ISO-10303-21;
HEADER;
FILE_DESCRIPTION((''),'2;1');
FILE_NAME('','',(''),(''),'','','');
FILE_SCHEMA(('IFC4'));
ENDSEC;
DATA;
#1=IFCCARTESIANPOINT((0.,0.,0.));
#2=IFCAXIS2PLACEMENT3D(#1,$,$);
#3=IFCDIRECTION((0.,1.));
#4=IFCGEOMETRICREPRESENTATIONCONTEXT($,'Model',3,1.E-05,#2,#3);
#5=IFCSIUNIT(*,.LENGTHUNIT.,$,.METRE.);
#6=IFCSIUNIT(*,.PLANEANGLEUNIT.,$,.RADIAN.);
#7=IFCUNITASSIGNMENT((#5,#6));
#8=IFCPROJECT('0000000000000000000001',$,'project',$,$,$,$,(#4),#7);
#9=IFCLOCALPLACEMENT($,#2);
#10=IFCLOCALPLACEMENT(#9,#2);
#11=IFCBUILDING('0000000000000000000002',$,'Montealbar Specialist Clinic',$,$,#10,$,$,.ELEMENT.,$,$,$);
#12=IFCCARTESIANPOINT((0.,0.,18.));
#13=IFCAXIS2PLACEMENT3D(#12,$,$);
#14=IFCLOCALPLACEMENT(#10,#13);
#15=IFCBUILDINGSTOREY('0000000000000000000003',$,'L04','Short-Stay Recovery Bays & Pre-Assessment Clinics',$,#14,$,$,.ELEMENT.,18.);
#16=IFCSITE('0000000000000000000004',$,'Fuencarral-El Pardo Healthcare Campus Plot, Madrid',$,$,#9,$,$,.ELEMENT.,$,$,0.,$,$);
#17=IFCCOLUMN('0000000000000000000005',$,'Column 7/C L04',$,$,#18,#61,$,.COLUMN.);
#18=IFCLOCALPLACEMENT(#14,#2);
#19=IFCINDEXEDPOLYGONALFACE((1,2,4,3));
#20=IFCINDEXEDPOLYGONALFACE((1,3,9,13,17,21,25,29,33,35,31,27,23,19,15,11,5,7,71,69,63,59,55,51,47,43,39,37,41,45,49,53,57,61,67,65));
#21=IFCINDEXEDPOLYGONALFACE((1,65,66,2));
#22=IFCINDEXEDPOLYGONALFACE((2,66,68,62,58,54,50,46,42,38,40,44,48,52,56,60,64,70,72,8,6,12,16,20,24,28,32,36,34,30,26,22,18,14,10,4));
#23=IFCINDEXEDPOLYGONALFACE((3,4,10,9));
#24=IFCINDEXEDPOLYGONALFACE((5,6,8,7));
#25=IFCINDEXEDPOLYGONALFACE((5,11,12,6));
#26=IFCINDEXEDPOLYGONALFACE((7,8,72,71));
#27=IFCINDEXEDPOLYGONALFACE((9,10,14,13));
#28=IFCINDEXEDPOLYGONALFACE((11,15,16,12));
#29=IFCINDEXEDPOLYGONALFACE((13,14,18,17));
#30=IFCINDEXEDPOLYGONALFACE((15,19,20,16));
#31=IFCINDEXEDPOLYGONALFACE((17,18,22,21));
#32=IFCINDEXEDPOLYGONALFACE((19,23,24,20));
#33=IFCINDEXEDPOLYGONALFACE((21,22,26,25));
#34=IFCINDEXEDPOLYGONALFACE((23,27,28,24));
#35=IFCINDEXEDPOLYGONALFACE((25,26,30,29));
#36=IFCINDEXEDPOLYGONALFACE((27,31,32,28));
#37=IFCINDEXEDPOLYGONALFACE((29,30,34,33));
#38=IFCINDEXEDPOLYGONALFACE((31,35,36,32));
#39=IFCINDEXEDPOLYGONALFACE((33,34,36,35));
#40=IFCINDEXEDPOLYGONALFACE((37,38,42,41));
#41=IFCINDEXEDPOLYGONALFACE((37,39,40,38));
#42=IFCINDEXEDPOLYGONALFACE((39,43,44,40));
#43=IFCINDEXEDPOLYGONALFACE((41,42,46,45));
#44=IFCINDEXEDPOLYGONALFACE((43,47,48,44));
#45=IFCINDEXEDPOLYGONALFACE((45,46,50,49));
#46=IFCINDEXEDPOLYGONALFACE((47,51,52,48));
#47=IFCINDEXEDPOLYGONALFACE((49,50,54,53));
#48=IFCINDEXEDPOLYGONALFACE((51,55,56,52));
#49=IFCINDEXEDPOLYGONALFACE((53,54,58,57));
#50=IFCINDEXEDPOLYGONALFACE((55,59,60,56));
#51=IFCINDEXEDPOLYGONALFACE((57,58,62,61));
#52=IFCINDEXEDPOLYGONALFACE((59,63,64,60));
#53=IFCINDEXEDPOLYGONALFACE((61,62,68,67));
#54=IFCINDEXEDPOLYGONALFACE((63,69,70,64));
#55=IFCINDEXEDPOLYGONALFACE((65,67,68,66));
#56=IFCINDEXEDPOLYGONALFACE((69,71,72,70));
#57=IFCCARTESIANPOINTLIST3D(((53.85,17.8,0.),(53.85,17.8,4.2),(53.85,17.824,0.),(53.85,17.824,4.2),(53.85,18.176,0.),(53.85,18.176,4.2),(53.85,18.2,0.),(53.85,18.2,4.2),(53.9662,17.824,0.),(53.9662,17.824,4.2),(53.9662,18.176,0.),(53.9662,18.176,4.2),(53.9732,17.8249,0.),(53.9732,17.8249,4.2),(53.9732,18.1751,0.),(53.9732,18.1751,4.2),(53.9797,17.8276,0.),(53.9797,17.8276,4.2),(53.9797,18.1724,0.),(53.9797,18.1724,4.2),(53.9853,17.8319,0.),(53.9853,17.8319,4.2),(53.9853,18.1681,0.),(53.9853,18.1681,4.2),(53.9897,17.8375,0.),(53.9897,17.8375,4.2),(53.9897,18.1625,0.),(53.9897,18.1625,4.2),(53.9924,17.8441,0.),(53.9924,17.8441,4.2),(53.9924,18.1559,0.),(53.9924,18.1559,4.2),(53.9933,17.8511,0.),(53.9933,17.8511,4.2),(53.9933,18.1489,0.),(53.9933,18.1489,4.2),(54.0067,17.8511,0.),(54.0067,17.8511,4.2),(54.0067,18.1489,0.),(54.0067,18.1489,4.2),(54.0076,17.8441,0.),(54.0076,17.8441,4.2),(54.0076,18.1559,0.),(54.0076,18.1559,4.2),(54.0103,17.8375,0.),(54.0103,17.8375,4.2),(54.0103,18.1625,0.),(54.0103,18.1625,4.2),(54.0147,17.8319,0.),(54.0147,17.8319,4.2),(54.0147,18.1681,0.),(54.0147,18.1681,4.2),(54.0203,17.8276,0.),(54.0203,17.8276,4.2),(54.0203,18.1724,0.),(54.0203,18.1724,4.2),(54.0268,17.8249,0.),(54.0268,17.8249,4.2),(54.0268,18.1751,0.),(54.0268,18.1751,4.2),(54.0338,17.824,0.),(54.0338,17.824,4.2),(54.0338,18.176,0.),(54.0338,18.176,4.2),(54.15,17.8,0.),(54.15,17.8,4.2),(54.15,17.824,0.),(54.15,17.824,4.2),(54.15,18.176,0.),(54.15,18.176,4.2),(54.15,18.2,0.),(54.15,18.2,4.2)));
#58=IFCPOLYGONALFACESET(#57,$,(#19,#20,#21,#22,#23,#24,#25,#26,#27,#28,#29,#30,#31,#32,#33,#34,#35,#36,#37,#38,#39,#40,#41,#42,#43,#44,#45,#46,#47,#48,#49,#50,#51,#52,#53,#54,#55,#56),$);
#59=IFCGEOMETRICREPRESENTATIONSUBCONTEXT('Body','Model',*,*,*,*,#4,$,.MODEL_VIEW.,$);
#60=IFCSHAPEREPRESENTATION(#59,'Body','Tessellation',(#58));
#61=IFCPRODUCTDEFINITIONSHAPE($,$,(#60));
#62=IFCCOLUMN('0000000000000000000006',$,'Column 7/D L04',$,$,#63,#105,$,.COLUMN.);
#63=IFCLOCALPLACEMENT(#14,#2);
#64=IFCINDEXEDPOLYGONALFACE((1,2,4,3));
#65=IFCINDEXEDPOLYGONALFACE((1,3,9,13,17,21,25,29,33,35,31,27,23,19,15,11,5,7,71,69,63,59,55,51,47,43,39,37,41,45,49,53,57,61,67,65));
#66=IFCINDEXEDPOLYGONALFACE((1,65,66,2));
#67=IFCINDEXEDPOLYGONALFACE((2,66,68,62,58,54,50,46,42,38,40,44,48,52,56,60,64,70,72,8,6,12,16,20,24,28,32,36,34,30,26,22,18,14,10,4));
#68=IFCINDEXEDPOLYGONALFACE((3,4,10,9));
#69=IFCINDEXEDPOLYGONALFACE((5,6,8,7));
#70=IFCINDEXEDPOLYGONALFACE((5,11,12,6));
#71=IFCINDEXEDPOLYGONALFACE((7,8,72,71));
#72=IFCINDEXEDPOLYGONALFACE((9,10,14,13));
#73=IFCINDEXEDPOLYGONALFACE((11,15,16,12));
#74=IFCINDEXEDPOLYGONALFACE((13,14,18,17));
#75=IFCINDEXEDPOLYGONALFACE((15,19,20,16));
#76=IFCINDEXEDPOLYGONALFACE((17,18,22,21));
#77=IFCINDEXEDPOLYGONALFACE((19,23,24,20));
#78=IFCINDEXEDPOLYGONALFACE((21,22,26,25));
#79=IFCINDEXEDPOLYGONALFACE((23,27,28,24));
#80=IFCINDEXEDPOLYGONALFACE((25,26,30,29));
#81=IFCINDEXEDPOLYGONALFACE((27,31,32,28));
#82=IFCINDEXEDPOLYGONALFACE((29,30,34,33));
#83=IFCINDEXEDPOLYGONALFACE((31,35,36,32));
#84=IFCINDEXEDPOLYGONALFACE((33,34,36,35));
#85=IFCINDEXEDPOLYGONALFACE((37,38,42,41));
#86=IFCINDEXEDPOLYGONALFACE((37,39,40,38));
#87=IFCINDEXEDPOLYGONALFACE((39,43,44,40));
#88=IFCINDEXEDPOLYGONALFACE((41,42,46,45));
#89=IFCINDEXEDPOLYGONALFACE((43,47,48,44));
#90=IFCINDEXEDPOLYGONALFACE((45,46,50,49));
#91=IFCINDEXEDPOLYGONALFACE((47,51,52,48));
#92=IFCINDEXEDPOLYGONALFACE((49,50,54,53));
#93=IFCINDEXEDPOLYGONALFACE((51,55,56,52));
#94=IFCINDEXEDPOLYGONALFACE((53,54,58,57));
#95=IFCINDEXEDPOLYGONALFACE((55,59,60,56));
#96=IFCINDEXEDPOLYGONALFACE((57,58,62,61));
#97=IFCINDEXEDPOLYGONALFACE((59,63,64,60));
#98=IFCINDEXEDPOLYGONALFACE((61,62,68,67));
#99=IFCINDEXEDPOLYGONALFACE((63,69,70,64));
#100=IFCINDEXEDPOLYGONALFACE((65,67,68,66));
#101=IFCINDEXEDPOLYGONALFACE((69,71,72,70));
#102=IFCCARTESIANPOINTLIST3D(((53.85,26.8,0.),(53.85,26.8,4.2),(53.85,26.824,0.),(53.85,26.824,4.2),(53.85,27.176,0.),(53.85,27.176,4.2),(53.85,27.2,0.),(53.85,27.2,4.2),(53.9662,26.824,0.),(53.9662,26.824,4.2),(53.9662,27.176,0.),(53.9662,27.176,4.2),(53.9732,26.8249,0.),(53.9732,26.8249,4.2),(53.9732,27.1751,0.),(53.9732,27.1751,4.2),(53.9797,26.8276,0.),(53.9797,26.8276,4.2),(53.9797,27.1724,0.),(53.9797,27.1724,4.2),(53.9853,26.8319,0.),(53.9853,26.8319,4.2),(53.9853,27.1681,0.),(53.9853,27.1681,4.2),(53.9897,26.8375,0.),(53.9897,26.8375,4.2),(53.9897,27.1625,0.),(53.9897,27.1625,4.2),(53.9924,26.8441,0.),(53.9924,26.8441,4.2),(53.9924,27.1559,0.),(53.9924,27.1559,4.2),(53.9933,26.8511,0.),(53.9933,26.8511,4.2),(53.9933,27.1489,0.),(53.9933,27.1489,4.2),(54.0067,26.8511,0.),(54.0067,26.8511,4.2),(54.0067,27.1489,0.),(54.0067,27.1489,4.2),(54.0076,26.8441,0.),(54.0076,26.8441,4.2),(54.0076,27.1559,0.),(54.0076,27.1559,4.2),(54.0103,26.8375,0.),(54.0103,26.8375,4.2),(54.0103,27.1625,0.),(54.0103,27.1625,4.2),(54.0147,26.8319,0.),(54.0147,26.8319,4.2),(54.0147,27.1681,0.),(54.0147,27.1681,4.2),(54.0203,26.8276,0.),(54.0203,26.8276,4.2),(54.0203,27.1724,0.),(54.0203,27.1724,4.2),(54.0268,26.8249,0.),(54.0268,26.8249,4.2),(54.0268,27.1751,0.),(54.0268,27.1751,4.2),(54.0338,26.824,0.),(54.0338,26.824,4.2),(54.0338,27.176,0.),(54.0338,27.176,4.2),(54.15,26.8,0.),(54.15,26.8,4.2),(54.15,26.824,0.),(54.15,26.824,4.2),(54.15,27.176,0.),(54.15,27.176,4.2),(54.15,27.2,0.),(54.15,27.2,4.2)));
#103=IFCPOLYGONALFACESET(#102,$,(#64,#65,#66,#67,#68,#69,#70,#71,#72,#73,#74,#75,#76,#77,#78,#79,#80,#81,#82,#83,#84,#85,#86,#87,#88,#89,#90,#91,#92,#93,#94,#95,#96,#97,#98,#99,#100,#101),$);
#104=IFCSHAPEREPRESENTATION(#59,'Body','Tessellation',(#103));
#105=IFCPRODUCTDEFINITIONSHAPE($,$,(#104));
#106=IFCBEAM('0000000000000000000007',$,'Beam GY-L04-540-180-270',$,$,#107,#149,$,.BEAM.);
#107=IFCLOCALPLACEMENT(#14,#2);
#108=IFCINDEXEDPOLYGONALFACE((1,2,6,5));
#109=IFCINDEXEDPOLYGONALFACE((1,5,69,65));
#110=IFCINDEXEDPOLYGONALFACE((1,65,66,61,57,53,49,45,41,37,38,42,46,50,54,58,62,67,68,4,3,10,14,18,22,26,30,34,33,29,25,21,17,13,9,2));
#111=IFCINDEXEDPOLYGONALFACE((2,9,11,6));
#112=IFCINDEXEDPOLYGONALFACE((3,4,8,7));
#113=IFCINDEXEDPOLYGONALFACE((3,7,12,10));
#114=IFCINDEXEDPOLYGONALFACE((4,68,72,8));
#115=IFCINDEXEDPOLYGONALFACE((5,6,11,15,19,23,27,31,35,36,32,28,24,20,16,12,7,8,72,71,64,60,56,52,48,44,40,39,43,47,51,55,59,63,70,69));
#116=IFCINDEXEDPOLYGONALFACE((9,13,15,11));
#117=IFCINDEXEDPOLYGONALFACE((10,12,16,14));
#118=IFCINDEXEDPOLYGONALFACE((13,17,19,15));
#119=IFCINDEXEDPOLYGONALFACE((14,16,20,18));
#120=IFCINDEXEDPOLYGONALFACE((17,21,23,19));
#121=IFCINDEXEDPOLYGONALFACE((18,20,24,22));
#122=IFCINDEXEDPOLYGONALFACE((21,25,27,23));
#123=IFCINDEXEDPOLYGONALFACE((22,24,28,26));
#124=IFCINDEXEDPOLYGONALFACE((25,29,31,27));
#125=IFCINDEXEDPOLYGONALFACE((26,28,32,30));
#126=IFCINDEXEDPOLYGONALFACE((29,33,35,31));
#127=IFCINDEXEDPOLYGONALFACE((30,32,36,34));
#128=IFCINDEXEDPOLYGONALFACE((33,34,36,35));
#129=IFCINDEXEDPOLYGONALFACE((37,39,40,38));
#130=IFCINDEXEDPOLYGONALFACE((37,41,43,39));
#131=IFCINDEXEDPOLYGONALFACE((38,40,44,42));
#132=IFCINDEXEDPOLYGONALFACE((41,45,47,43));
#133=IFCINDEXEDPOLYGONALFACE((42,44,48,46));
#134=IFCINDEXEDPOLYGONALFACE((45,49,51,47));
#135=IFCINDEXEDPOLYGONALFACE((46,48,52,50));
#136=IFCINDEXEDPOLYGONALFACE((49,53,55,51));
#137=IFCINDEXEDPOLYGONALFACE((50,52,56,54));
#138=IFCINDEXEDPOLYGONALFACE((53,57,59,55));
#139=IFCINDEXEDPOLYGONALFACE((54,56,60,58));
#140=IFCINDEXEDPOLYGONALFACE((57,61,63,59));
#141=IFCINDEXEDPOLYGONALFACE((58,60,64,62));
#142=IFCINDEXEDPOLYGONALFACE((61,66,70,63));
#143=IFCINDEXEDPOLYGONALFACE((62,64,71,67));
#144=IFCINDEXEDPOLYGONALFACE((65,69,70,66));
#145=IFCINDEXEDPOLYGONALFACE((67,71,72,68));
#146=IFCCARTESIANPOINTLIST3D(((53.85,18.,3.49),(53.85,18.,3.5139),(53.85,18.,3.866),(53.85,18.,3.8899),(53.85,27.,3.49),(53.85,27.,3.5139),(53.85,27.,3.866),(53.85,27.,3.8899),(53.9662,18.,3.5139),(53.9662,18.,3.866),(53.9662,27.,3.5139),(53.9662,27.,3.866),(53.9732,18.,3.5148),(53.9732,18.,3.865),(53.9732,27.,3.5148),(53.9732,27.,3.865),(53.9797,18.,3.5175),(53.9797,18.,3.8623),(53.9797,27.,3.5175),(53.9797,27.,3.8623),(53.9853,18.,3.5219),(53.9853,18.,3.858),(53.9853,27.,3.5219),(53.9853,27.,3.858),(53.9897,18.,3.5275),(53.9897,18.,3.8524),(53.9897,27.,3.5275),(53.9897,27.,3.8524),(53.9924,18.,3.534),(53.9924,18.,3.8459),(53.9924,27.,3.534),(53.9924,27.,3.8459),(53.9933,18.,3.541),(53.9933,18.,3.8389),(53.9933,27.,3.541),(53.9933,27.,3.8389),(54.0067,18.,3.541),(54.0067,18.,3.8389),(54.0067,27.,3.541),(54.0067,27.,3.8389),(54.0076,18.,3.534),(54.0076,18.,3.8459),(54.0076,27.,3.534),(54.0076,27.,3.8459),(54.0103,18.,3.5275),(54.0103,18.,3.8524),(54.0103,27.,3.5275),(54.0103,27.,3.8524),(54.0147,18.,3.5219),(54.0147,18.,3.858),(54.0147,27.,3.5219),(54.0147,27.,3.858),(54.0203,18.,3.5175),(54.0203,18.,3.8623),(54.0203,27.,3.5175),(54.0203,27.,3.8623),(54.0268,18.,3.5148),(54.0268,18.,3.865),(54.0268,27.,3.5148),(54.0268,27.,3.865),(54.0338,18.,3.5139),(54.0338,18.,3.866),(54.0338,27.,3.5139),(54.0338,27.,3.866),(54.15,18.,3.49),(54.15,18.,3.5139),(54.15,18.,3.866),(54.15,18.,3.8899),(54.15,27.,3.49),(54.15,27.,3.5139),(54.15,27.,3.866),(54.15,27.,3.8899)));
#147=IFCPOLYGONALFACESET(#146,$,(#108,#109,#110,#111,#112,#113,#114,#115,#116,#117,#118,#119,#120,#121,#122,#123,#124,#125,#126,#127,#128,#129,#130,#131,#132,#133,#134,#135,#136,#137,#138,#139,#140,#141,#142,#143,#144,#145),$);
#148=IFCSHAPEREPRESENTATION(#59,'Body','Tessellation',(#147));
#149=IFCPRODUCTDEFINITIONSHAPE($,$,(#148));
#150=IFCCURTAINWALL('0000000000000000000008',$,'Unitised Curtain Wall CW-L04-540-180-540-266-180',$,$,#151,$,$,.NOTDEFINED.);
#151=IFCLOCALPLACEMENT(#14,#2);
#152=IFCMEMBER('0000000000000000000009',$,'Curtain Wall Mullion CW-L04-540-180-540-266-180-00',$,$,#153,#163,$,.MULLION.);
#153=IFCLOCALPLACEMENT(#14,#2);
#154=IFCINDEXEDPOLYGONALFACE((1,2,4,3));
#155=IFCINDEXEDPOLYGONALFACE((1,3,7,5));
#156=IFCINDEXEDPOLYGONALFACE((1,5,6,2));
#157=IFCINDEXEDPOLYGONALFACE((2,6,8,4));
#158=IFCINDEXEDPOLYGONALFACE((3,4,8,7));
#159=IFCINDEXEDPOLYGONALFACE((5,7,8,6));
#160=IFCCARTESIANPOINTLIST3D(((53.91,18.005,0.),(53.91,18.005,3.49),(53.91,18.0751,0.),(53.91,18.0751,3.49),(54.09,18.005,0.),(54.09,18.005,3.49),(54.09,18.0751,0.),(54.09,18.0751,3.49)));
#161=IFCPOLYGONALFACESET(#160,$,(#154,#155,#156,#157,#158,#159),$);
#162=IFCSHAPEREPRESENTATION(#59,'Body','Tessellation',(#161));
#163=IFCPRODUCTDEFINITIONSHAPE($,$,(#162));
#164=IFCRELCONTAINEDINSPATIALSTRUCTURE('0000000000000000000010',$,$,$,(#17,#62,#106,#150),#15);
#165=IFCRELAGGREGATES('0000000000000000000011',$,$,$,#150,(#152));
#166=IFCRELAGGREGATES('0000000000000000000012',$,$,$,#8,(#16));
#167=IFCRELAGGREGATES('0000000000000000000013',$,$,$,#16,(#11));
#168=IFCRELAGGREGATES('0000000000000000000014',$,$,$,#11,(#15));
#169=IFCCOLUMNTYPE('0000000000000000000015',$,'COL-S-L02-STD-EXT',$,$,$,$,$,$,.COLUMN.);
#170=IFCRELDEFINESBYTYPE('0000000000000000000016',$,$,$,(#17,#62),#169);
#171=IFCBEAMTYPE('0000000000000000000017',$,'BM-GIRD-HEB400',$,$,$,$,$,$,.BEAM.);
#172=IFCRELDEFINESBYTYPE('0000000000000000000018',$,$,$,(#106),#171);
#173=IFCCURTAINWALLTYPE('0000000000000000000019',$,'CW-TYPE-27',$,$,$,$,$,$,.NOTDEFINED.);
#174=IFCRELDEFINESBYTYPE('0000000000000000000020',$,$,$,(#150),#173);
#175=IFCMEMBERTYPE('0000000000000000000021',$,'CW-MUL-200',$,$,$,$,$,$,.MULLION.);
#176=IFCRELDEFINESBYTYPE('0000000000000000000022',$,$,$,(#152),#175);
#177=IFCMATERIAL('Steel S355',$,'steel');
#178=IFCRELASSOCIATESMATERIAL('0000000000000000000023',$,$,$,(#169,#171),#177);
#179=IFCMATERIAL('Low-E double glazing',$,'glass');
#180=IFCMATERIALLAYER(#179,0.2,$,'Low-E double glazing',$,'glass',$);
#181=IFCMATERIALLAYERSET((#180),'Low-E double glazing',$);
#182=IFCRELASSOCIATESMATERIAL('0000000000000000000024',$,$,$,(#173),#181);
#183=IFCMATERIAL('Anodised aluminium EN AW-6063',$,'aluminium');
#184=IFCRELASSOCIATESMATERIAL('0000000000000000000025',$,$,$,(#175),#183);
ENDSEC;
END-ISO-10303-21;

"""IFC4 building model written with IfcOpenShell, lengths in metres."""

from ifc_helpers import new_model, si_unit, direction, frame, origin, origin_2d, place, context, subcontext, project, spatial, rectangle, i_section, extrude, material, layer, layer_set, material_profile, profile_set, type_object, element, aggregate, save


model = new_model("IFC4")

# Units and contexts
model_context = context("Model", 3, precision=1e-05, world=origin(), true_north=direction((0.0, 1.0)))
body_context = subcontext(model_context, "Body", "Model", "MODEL_VIEW")
ifc_project = project(units=[si_unit("LENGTHUNIT", "METRE"), si_unit("PLANEANGLEUNIT", "RADIAN")], contexts=[model_context])

# Site, building, storey
site_placement = place(None, origin())
site = spatial("IfcSite", under=ifc_project, at=site_placement, Name="Fuencarral-El Pardo Healthcare Campus Plot, Madrid", CompositionType="ELEMENT", RefElevation=0.0)
building_placement = place(site_placement, origin())
building = spatial("IfcBuilding", under=site, at=building_placement, Name="Montealbar Specialist Clinic", CompositionType="ELEMENT")
storey_placement = place(building_placement, frame((0.0, 0.0, 18.0)))
storey = spatial("IfcBuildingStorey", under=building, at=storey_placement, Name="L04", Description="Short-Stay Recovery Bays & Pre-Assessment Clinics", CompositionType="ELEMENT", Elevation=18.0)

# Columns
ifc_material_1 = material(Name="Steel S355", Category="steel")
ifc_material_profile_1 = material_profile(ifc_material_1, i_section(OverallWidth=0.3, OverallDepth=0.3999, WebThickness=0.0134, FlangeThickness=0.0239, FilletRadius=0.0271, at=origin_2d()), Name="HEB 400", Category="steel")
ifc_profile_set_1 = profile_set([ifc_material_profile_1], Name="Steel S355")
column_type = type_object("IfcColumnType", Name="COL-S-L02-STD-EXT", PredefinedType="COLUMN", material=ifc_profile_set_1)
for number, where, z_axis, x_axis, name in (
    (1, (54.0, 18.0, 0.0), (0.0, 0.0, 1.0), (1.0, 0.0, 0.0), "Column 7/C L04"),
    (2, (54.0, 27.0, 0.0), (0.0, 0.0, 1.0), (1.0, 0.0, 0.0), "Column 7/D L04"),
):
    element("IfcColumn", number, at=place(storey_placement, frame(where, z_axis=z_axis, x_axis=x_axis)), inside=storey, type_object=column_type, Name=name, PredefinedType="COLUMN", context=body_context, shape_type="SweptSolid", body=[
        extrude(i_section(OverallWidth=0.3, OverallDepth=0.3999, WebThickness=0.0134, FlangeThickness=0.0239, FilletRadius=0.0271, at=origin_2d()), origin(), (0.0, 0.0, 1.0), 4.2),
    ])

# Beam
ifc_material_profile_2 = material_profile(ifc_material_1, i_section(OverallWidth=0.3, OverallDepth=0.3999, WebThickness=0.0134, FlangeThickness=0.0239, FilletRadius=0.0271, at=origin_2d()), Name="HEB 400", Category="steel")
ifc_profile_set_2 = profile_set([ifc_material_profile_2], Name="Steel S355")
beam_type = type_object("IfcBeamType", Name="BM-GIRD-HEB400", PredefinedType="BEAM", material=ifc_profile_set_2)
beam_placement = place(storey_placement, frame((54.0, 18.0, 3.6899), z_axis=(0.0, 1.0, 0.0), x_axis=(-1.0, 0.0, 0.0)))
element("IfcBeam", 3, at=beam_placement, inside=storey, type_object=beam_type, Name="Beam GY-L04-540-180-270", PredefinedType="BEAM", context=body_context, shape_type="SweptSolid", body=[
    extrude(i_section(OverallWidth=0.3, OverallDepth=0.3999, WebThickness=0.0134, FlangeThickness=0.0239, FilletRadius=0.0271, at=origin_2d()), origin(), (0.0, 0.0, 1.0), 9.0),
])

# Curtain wall, member
ifc_material_2 = material(Name="Low-E double glazing", Category="glass")
ifc_layer_1 = layer(ifc_material_2, 0.2, Name="Low-E double glazing", Category="glass")
ifc_layer_set_1 = layer_set([ifc_layer_1], Name="Low-E double glazing")
curtain_wall_type = type_object("IfcCurtainWallType", Name="CW-TYPE-27", PredefinedType="NOTDEFINED", material=ifc_layer_set_1)
curtain_wall_placement = place(storey_placement, origin())
curtain_wall = element("IfcCurtainWall", 4, at=curtain_wall_placement, inside=storey, type_object=curtain_wall_type, Name="Unitised Curtain Wall CW-L04-540-180-540-266-180", PredefinedType="NOTDEFINED")
ifc_material_3 = material(Name="Anodised aluminium EN AW-6063", Category="aluminium")
ifc_material_profile_3 = material_profile(ifc_material_3, rectangle(XDim=0.0701, YDim=0.1799, at=origin_2d()), Name="ALU 70x180", Category="aluminium")
ifc_profile_set_3 = profile_set([ifc_material_profile_3], Name="Anodised aluminium EN AW-6063")
member_type = type_object("IfcMemberType", Name="CW-MUL-200", PredefinedType="MULLION", material=ifc_profile_set_3)
member_placement = place(storey_placement, frame((54.0, 18.04, 0.0), z_axis=(0.0, 0.0, 1.0), x_axis=(0.0, 1.0, 0.0)))
member = element("IfcMember", 5, at=member_placement, type_object=member_type, Name="Curtain Wall Mullion CW-L04-540-180-540-266-180-00", PredefinedType="MULLION", context=body_context, shape_type="SweptSolid", body=[
    extrude(rectangle(XDim=0.0701, YDim=0.1799, at=origin_2d()), origin(), (0.0, 0.0, 1.0), 3.49),
])
aggregate(curtain_wall, [member])

save(model, "model.ifc")
